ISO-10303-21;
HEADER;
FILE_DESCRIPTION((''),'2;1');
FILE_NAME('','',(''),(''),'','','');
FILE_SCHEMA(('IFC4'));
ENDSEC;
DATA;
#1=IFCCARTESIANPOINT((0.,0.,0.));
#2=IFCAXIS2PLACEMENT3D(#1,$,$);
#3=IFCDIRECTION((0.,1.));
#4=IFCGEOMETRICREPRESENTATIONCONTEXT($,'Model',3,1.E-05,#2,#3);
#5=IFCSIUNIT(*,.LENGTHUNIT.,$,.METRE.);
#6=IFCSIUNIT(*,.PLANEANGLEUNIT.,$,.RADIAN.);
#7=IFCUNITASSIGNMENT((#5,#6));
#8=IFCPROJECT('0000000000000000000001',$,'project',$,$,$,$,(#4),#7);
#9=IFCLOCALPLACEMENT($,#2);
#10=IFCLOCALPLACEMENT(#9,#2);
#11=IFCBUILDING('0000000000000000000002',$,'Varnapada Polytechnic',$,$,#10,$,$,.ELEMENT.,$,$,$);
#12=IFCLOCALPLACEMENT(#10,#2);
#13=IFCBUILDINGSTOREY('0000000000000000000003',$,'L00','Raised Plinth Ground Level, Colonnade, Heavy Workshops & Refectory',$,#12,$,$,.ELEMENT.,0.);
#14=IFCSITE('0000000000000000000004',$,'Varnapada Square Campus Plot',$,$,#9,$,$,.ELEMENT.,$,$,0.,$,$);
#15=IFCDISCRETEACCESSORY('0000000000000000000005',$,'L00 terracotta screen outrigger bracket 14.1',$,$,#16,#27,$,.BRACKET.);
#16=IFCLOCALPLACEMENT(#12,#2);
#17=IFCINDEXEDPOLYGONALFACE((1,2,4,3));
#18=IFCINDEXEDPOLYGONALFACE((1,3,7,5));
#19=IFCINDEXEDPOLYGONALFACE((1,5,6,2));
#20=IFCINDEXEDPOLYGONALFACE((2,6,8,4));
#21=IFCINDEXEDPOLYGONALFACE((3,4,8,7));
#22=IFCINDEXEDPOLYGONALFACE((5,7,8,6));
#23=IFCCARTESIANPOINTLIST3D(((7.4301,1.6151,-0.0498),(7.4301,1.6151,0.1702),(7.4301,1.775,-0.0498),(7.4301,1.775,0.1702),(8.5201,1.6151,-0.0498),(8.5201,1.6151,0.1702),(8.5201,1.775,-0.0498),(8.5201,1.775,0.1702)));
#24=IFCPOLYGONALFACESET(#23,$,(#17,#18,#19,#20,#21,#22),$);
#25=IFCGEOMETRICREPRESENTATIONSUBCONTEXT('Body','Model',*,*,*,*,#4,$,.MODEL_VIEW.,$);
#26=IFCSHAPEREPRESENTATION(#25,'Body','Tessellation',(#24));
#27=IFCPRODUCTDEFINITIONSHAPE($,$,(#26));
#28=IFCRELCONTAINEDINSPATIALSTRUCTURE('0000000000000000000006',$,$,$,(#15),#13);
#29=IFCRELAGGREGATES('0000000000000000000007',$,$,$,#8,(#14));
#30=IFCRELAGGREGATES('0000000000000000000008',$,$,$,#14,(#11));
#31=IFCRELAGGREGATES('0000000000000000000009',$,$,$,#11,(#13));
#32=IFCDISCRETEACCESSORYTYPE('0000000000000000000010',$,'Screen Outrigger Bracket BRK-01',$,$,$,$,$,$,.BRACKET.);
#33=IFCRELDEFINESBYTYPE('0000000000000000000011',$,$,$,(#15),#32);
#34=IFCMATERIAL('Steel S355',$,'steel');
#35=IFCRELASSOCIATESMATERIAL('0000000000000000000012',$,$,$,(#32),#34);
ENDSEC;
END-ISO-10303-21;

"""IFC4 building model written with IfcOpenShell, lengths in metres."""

from ifc_helpers import new_model, si_unit, direction, frame, origin, origin_2d, place, context, subcontext, project, spatial, rectangle, extrude, material, type_object, element, save


model = new_model("IFC4")

# Units and contexts
model_context = context("Model", 3, precision=1e-05, world=origin(), true_north=direction((0.0, 1.0)))
body_context = subcontext(model_context, "Body", "Model", "MODEL_VIEW")
ifc_project = project(units=[si_unit("LENGTHUNIT", "METRE"), si_unit("PLANEANGLEUNIT", "RADIAN")], contexts=[model_context])

# Site, building, storey
site_placement = place(None, origin())
site = spatial("IfcSite", under=ifc_project, at=site_placement, Name="Varnapada Square Campus Plot", CompositionType="ELEMENT", RefElevation=0.0)
building_placement = place(site_placement, origin())
building = spatial("IfcBuilding", under=site, at=building_placement, Name="Varnapada Polytechnic", CompositionType="ELEMENT")
storey_placement = place(building_placement, origin())
storey = spatial("IfcBuildingStorey", under=building, at=storey_placement, Name="L00", Description="Raised Plinth Ground Level, Colonnade, Heavy Workshops & Refectory", CompositionType="ELEMENT", Elevation=0.0)

# Discrete accessory
ifc_material_1 = material(Name="Steel S355", Category="steel")
discrete_accessory_type = type_object("IfcDiscreteAccessoryType", Name="Screen Outrigger Bracket BRK-01", PredefinedType="BRACKET", material=ifc_material_1)
discrete_accessory_placement = place(storey_placement, frame((7.9751, 1.6951, -0.0498), z_axis=(0.0, 0.0, 1.0), x_axis=(0.0, 1.0, 0.0)))
element("IfcDiscreteAccessory", 1, at=discrete_accessory_placement, inside=storey, type_object=discrete_accessory_type, Name="L00 terracotta screen outrigger bracket 14.1", PredefinedType="BRACKET", context=body_context, shape_type="SweptSolid", body=[
    extrude(rectangle(XDim=0.1599, YDim=1.0901, at=origin_2d()), origin(), (0.0, 0.0, 1.0), 0.22),
])

save(model, "model.ifc")
